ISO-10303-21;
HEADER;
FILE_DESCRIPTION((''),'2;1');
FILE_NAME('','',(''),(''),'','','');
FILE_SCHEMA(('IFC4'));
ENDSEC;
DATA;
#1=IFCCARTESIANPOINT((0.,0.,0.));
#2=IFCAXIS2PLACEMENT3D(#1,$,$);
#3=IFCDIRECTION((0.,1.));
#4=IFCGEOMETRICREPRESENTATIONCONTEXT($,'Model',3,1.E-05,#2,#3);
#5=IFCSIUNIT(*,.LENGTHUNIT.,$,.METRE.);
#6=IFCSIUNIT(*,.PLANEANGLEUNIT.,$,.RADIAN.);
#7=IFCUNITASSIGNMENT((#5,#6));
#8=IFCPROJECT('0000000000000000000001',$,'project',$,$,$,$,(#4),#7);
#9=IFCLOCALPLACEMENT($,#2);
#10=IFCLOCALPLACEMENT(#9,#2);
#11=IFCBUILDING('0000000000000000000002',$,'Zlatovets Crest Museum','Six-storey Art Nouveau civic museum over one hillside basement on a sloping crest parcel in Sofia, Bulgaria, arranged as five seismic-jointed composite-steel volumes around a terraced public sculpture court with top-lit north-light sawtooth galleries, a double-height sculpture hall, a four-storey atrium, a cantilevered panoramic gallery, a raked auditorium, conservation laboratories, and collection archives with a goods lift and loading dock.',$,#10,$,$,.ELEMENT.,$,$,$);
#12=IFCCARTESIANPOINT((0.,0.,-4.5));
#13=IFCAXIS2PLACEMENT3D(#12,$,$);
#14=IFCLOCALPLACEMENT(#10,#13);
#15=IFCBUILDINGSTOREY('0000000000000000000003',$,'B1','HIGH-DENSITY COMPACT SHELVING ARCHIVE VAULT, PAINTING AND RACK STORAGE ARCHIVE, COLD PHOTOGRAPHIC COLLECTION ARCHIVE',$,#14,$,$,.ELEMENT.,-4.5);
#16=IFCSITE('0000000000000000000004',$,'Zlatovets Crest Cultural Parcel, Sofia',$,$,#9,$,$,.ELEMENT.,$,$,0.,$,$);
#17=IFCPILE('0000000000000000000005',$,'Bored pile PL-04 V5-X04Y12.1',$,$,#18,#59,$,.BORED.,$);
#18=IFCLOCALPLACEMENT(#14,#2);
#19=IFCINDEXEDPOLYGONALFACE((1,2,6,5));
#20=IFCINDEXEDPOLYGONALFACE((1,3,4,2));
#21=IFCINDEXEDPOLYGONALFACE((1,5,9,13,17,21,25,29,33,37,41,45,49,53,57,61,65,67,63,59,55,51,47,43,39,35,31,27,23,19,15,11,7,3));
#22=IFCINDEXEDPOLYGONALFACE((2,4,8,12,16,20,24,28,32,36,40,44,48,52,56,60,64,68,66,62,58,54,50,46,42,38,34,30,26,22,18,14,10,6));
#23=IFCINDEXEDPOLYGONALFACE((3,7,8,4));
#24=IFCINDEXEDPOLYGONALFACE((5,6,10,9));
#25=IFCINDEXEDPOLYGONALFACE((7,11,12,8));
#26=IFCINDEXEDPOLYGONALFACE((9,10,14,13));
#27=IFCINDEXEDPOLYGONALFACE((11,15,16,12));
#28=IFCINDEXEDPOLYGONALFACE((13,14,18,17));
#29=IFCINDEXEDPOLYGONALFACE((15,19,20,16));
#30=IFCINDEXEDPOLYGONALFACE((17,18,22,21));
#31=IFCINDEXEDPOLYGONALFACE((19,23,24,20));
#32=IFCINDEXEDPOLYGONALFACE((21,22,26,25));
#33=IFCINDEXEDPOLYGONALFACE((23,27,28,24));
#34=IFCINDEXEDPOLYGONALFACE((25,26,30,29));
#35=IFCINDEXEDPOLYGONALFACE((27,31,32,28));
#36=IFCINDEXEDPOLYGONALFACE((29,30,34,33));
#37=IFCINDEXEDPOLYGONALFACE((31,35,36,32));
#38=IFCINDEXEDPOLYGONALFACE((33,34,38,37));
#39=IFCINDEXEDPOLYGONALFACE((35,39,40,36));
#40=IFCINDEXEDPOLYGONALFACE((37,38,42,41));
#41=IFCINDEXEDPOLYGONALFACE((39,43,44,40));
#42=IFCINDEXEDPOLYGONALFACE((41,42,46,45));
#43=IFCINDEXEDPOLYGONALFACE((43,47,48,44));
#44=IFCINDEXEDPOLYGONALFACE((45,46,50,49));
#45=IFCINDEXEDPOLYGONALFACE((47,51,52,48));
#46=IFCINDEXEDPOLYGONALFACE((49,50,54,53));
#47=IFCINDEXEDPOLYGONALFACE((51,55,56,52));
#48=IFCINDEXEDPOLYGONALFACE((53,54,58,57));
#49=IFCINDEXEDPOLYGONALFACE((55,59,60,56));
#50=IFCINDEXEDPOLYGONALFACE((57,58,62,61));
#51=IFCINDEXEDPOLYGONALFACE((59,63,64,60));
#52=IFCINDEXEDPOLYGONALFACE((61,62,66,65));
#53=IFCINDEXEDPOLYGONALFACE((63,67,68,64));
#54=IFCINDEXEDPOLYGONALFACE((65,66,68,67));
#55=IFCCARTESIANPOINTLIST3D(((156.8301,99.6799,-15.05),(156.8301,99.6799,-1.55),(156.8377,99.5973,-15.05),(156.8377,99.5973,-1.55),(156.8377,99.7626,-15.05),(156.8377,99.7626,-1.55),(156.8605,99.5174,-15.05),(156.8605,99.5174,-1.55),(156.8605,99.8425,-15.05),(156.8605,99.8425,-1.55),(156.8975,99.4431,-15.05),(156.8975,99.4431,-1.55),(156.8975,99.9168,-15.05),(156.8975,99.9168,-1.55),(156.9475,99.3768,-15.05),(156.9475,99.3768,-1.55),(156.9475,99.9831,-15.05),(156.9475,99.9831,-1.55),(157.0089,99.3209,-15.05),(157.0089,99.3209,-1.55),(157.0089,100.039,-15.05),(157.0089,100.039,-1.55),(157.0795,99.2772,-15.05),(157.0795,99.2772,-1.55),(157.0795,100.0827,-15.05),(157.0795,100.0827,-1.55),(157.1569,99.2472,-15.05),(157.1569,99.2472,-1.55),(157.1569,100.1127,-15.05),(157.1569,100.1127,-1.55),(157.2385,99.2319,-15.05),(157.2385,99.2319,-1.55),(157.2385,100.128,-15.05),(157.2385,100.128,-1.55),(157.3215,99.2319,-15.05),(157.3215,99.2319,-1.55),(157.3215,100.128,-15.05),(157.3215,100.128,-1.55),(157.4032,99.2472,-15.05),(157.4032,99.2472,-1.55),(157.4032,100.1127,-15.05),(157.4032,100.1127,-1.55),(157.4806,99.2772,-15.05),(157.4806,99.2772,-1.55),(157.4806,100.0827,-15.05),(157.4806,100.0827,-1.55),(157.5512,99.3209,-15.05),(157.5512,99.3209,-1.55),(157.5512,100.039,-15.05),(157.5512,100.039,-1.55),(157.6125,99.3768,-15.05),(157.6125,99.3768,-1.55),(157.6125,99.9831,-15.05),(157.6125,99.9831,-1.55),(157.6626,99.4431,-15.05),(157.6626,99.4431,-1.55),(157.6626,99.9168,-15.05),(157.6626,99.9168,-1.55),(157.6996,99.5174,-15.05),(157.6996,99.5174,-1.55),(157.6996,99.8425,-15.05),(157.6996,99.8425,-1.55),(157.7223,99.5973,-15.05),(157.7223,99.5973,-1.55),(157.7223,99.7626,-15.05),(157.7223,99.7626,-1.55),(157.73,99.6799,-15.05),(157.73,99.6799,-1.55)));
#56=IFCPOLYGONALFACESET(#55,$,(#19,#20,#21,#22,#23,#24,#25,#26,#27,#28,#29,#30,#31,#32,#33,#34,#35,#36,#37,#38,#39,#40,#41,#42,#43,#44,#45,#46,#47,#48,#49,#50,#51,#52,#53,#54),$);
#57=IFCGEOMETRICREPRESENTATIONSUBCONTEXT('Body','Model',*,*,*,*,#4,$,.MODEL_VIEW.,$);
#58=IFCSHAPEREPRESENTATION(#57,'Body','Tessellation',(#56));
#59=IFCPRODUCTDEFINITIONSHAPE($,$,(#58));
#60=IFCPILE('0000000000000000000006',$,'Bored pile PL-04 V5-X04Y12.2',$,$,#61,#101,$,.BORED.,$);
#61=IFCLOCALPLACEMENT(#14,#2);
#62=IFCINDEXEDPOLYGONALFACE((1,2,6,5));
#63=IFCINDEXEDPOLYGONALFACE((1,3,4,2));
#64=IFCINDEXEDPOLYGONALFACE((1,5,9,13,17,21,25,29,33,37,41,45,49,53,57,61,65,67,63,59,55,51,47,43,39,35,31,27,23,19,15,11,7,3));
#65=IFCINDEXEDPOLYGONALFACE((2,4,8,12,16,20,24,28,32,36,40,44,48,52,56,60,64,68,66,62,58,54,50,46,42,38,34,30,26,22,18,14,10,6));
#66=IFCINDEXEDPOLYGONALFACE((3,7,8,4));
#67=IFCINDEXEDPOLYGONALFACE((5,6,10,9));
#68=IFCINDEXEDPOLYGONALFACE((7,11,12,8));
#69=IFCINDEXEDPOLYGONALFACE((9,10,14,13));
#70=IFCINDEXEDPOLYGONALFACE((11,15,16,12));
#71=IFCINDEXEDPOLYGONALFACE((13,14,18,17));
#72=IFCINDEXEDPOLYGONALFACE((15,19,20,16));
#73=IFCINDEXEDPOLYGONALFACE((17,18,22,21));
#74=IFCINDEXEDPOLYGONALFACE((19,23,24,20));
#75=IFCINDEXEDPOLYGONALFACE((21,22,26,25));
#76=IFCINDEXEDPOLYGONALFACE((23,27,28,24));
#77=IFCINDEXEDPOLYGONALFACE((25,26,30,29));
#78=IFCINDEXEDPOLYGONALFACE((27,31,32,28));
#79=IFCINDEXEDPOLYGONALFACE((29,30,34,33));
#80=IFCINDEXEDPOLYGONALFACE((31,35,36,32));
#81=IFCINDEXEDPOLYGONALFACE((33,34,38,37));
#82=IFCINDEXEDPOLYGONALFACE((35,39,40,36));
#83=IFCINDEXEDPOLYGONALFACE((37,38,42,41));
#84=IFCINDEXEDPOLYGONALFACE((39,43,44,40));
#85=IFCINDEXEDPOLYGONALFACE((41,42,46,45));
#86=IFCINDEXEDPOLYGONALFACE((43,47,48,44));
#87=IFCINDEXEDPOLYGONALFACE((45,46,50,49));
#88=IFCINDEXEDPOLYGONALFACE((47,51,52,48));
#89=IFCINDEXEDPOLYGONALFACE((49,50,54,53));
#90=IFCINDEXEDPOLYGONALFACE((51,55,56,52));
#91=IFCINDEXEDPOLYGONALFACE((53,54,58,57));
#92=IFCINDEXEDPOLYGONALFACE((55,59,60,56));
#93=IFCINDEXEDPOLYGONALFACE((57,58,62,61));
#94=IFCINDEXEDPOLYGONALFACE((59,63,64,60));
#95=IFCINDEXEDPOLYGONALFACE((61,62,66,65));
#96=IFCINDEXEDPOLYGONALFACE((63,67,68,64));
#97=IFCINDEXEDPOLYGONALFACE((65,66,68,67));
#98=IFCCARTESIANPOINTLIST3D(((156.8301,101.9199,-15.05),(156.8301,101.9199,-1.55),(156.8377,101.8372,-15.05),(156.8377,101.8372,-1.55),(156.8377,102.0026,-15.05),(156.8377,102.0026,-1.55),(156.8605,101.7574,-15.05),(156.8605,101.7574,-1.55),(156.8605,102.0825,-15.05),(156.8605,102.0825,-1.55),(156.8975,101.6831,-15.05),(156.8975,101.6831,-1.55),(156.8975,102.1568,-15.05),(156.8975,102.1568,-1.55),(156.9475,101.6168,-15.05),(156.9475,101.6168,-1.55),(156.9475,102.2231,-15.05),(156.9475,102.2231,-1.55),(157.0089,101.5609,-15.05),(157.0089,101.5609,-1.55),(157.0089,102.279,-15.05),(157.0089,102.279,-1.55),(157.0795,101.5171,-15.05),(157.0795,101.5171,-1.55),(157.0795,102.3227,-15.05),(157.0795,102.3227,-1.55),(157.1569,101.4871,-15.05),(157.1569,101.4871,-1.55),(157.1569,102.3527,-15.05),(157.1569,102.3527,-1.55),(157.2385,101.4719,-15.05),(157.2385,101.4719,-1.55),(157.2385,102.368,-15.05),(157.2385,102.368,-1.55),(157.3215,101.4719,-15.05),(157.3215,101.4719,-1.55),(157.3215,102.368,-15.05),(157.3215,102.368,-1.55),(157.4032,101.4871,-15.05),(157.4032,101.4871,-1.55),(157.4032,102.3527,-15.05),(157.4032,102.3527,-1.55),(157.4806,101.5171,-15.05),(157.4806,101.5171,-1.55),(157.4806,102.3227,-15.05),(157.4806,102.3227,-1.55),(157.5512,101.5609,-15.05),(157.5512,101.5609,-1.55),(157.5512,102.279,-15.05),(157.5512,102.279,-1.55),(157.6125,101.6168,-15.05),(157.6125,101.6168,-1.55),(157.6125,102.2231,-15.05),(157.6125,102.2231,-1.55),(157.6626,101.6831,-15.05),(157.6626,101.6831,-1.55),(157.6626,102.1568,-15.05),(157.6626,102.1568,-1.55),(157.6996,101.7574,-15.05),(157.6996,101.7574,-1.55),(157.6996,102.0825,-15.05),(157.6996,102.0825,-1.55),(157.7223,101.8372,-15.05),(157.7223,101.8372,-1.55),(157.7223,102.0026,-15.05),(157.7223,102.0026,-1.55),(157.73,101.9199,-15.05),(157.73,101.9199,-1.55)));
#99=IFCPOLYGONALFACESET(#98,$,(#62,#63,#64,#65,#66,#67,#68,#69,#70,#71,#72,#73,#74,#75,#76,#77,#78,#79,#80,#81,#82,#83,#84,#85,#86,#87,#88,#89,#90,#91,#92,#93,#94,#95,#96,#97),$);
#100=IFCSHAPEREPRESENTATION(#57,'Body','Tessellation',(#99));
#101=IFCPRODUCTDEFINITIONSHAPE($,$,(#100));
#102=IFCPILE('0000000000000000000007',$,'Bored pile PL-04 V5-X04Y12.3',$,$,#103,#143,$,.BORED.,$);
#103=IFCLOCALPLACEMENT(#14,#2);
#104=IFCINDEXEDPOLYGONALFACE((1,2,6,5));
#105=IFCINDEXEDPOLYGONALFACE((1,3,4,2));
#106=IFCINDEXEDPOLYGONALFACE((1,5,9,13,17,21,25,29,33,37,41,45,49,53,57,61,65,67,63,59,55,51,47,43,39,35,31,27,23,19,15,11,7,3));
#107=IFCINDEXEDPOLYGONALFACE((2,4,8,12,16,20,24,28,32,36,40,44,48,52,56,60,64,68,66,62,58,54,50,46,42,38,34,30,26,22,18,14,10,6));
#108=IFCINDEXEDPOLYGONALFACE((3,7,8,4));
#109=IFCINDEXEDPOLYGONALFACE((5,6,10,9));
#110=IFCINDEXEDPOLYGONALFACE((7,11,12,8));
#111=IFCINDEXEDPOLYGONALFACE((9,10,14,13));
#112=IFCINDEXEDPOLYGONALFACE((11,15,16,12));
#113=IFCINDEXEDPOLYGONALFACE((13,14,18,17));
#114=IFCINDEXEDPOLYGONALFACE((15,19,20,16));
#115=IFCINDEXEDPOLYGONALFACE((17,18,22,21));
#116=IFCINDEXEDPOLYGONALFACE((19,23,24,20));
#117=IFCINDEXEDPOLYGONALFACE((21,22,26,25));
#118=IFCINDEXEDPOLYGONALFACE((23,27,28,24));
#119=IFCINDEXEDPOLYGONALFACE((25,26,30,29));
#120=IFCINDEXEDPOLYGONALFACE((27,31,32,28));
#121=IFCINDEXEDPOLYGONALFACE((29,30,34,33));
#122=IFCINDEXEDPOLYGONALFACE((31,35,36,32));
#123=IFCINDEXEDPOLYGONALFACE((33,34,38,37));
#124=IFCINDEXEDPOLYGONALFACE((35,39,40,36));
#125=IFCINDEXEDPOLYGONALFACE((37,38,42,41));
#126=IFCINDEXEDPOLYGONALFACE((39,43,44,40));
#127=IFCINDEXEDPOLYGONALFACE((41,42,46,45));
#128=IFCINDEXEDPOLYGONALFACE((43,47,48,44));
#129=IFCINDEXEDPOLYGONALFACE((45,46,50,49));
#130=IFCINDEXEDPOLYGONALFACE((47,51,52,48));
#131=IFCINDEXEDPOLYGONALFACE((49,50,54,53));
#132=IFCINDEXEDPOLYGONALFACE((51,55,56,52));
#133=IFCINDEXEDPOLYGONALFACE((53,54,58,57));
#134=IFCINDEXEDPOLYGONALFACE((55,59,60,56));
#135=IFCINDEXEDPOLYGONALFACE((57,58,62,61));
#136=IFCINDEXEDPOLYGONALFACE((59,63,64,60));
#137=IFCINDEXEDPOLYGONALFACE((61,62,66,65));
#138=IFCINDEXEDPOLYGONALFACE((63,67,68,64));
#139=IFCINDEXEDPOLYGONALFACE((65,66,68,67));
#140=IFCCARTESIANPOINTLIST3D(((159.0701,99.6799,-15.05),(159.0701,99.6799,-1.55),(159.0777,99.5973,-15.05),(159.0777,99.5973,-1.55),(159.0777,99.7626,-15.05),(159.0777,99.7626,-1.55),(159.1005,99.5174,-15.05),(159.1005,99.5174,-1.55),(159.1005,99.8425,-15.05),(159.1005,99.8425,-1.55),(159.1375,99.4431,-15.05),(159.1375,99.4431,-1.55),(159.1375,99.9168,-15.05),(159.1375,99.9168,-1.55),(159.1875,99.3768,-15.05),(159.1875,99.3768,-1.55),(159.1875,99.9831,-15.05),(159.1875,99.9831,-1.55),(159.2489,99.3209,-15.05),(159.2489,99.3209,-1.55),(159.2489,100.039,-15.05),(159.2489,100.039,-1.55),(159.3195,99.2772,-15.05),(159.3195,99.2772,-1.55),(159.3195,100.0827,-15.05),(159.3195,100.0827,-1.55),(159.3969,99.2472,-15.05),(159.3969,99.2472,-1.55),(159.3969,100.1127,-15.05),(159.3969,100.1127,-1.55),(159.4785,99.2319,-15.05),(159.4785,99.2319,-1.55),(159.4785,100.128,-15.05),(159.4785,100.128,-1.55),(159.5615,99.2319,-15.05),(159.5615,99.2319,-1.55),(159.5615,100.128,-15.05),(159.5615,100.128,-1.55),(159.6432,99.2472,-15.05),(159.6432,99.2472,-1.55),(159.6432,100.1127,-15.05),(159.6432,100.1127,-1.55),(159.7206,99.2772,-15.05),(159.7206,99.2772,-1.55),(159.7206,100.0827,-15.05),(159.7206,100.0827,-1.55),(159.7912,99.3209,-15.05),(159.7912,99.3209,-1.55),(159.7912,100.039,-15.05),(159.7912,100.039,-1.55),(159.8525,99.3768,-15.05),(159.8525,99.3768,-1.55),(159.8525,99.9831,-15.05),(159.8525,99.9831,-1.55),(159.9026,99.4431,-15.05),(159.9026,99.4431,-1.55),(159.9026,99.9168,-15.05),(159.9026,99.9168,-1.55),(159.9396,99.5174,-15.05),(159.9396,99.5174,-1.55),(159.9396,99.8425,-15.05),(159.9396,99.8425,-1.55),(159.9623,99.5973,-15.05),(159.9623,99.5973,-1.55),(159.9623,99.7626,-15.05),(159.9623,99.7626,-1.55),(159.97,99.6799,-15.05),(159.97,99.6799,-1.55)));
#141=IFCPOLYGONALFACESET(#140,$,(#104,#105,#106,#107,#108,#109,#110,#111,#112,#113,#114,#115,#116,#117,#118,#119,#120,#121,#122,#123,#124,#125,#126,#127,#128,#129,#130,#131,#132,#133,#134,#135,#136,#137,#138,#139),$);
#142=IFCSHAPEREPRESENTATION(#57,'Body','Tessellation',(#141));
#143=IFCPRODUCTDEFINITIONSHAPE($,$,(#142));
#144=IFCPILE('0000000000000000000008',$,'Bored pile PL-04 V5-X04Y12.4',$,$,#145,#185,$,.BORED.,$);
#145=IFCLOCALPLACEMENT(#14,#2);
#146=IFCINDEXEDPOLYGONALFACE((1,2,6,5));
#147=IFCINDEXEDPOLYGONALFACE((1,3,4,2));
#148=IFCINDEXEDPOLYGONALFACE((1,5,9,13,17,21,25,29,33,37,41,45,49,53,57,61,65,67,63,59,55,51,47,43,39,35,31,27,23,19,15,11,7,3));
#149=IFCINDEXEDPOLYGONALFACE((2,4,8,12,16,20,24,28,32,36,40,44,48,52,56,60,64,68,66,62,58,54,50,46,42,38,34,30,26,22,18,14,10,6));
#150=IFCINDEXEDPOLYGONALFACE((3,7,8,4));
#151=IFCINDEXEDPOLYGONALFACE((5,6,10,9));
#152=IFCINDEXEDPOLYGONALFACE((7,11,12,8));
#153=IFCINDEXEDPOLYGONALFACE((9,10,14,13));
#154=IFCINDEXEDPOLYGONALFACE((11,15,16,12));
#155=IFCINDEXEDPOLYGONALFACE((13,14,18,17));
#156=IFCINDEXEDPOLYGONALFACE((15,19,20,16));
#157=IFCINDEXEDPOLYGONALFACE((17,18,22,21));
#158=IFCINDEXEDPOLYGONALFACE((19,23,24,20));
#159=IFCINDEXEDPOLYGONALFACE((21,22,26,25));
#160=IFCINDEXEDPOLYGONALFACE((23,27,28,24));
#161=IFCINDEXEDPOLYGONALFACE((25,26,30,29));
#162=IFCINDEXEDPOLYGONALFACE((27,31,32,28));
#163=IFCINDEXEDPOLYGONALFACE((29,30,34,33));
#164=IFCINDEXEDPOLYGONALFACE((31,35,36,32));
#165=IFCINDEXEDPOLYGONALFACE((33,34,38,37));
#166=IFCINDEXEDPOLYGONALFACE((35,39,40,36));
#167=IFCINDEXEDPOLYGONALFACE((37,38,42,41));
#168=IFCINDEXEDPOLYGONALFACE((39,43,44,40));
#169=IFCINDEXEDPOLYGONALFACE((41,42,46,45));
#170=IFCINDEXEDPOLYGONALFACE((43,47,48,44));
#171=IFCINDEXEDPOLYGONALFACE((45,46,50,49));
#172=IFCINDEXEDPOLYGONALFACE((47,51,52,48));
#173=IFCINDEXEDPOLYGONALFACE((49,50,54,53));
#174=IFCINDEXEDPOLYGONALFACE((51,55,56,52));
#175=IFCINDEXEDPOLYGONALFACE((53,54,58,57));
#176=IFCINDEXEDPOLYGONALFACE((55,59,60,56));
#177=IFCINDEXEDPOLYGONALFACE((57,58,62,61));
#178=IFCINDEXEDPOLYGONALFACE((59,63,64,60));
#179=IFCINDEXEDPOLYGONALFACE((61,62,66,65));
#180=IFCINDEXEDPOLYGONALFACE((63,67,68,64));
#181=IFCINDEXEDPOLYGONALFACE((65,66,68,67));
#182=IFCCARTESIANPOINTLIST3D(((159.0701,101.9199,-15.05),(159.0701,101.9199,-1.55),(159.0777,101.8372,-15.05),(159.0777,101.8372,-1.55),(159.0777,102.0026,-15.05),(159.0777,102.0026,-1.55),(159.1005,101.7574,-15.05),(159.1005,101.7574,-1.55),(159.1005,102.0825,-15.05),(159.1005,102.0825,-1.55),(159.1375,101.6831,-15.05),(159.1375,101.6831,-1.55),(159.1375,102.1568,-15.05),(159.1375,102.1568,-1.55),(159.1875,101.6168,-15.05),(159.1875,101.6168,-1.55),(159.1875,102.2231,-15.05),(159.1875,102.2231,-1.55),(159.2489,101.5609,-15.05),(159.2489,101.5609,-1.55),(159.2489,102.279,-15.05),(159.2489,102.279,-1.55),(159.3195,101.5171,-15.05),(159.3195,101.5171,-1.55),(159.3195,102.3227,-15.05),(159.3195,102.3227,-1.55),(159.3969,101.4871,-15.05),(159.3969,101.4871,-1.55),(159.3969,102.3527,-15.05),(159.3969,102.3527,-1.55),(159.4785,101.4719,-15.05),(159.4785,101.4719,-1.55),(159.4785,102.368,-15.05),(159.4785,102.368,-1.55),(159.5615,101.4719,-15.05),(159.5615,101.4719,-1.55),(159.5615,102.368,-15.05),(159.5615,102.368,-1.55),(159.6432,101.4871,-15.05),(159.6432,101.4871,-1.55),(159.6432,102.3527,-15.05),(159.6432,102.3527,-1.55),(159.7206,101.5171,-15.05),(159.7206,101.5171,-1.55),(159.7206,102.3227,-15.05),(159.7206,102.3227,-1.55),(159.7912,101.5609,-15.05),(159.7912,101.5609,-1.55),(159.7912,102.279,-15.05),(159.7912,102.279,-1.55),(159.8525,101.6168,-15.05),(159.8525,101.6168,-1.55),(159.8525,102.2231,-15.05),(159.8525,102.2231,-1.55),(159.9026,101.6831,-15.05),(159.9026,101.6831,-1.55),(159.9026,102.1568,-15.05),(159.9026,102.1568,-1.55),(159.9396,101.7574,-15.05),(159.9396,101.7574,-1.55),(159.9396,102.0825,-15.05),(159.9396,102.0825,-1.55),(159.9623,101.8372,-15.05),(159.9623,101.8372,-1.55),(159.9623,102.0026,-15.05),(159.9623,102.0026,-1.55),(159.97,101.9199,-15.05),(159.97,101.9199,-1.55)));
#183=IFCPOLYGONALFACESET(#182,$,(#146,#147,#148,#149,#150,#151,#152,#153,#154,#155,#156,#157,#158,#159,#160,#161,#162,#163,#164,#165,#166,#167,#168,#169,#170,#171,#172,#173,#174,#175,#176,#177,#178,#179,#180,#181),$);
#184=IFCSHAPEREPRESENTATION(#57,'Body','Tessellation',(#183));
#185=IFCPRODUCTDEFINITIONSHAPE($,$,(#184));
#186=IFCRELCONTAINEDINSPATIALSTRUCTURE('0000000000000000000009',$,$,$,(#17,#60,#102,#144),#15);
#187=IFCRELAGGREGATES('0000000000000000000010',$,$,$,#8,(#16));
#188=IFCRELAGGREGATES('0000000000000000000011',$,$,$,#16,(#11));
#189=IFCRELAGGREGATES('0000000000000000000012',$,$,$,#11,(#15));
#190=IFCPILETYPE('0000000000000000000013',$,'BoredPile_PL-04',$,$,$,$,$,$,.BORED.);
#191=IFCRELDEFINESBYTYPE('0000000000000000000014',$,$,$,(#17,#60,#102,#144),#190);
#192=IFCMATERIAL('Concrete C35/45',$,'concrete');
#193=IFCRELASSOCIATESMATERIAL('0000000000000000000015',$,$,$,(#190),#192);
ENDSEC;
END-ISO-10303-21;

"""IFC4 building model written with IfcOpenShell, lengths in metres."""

from ifc_helpers import new_model, si_unit, direction, frame, origin, origin_2d, place, context, subcontext, project, spatial, circle, extrude, material, material_profile, profile_set, type_object, element, save


model = new_model("IFC4")

# Units and contexts
model_context = context("Model", 3, precision=1e-05, world=origin(), true_north=direction((0.0, 1.0)))
body_context = subcontext(model_context, "Body", "Model", "MODEL_VIEW")
ifc_project = project(units=[si_unit("LENGTHUNIT", "METRE"), si_unit("PLANEANGLEUNIT", "RADIAN")], contexts=[model_context])

# Site, building, storey
site_placement = place(None, origin())
site = spatial("IfcSite", under=ifc_project, at=site_placement, Name="Zlatovets Crest Cultural Parcel, Sofia", CompositionType="ELEMENT", RefElevation=0.0)
building_placement = place(site_placement, origin())
building = spatial("IfcBuilding", under=site, at=building_placement, Name="Zlatovets Crest Museum", Description="Six-storey Art Nouveau civic museum over one hillside basement on a sloping crest parcel in Sofia, Bulgaria, arranged as five seismic-jointed composite-steel volumes around a terraced public sculpture court with top-lit north-light sawtooth galleries, a double-height sculpture hall, a four-storey atrium, a cantilevered panoramic gallery, a raked auditorium, conservation laboratories, and collection archives with a goods lift and loading dock.", CompositionType="ELEMENT")
storey_placement = place(building_placement, frame((0.0, 0.0, -4.5)))
storey = spatial("IfcBuildingStorey", under=building, at=storey_placement, Name="B1", Description="HIGH-DENSITY COMPACT SHELVING ARCHIVE VAULT, PAINTING AND RACK STORAGE ARCHIVE, COLD PHOTOGRAPHIC COLLECTION ARCHIVE", CompositionType="ELEMENT", Elevation=-4.5)

# Piles
ifc_material = material(Name="Concrete C35/45", Category="concrete")
ifc_material_profile_1 = material_profile(ifc_material, circle(Radius=0.45, at=origin_2d()), Name="PILE D900")
ifc_profile_set_1 = profile_set([ifc_material_profile_1], Name="Concrete C35/45")
pile_type = type_object("IfcPileType", Name="BoredPile_PL-04", PredefinedType="BORED", material=ifc_profile_set_1)
for number, where, z_axis, x_axis, name in (
    (1, (157.28, 99.6799, -1.55), (0.0, 0.0, -1.0), (1.0, 0.0, 0.0), "Bored pile PL-04 V5-X04Y12.1"),
    (2, (157.28, 101.9199, -1.55), (0.0, 0.0, -1.0), (1.0, 0.0, 0.0), "Bored pile PL-04 V5-X04Y12.2"),
    (3, (159.52, 99.6799, -1.55), (0.0, 0.0, -1.0), (1.0, 0.0, 0.0), "Bored pile PL-04 V5-X04Y12.3"),
    (4, (159.52, 101.9199, -1.55), (0.0, 0.0, -1.0), (1.0, 0.0, 0.0), "Bored pile PL-04 V5-X04Y12.4"),
):
    element("IfcPile", number, at=place(storey_placement, frame(where, z_axis=z_axis, x_axis=x_axis)), inside=storey, type_object=pile_type, Name=name, PredefinedType="BORED", context=body_context, shape_type="SweptSolid", body=[
        extrude(circle(Radius=0.45, at=origin_2d()), origin(), (0.0, 0.0, 1.0), 13.5),
    ])

save(model, "model.ifc")
